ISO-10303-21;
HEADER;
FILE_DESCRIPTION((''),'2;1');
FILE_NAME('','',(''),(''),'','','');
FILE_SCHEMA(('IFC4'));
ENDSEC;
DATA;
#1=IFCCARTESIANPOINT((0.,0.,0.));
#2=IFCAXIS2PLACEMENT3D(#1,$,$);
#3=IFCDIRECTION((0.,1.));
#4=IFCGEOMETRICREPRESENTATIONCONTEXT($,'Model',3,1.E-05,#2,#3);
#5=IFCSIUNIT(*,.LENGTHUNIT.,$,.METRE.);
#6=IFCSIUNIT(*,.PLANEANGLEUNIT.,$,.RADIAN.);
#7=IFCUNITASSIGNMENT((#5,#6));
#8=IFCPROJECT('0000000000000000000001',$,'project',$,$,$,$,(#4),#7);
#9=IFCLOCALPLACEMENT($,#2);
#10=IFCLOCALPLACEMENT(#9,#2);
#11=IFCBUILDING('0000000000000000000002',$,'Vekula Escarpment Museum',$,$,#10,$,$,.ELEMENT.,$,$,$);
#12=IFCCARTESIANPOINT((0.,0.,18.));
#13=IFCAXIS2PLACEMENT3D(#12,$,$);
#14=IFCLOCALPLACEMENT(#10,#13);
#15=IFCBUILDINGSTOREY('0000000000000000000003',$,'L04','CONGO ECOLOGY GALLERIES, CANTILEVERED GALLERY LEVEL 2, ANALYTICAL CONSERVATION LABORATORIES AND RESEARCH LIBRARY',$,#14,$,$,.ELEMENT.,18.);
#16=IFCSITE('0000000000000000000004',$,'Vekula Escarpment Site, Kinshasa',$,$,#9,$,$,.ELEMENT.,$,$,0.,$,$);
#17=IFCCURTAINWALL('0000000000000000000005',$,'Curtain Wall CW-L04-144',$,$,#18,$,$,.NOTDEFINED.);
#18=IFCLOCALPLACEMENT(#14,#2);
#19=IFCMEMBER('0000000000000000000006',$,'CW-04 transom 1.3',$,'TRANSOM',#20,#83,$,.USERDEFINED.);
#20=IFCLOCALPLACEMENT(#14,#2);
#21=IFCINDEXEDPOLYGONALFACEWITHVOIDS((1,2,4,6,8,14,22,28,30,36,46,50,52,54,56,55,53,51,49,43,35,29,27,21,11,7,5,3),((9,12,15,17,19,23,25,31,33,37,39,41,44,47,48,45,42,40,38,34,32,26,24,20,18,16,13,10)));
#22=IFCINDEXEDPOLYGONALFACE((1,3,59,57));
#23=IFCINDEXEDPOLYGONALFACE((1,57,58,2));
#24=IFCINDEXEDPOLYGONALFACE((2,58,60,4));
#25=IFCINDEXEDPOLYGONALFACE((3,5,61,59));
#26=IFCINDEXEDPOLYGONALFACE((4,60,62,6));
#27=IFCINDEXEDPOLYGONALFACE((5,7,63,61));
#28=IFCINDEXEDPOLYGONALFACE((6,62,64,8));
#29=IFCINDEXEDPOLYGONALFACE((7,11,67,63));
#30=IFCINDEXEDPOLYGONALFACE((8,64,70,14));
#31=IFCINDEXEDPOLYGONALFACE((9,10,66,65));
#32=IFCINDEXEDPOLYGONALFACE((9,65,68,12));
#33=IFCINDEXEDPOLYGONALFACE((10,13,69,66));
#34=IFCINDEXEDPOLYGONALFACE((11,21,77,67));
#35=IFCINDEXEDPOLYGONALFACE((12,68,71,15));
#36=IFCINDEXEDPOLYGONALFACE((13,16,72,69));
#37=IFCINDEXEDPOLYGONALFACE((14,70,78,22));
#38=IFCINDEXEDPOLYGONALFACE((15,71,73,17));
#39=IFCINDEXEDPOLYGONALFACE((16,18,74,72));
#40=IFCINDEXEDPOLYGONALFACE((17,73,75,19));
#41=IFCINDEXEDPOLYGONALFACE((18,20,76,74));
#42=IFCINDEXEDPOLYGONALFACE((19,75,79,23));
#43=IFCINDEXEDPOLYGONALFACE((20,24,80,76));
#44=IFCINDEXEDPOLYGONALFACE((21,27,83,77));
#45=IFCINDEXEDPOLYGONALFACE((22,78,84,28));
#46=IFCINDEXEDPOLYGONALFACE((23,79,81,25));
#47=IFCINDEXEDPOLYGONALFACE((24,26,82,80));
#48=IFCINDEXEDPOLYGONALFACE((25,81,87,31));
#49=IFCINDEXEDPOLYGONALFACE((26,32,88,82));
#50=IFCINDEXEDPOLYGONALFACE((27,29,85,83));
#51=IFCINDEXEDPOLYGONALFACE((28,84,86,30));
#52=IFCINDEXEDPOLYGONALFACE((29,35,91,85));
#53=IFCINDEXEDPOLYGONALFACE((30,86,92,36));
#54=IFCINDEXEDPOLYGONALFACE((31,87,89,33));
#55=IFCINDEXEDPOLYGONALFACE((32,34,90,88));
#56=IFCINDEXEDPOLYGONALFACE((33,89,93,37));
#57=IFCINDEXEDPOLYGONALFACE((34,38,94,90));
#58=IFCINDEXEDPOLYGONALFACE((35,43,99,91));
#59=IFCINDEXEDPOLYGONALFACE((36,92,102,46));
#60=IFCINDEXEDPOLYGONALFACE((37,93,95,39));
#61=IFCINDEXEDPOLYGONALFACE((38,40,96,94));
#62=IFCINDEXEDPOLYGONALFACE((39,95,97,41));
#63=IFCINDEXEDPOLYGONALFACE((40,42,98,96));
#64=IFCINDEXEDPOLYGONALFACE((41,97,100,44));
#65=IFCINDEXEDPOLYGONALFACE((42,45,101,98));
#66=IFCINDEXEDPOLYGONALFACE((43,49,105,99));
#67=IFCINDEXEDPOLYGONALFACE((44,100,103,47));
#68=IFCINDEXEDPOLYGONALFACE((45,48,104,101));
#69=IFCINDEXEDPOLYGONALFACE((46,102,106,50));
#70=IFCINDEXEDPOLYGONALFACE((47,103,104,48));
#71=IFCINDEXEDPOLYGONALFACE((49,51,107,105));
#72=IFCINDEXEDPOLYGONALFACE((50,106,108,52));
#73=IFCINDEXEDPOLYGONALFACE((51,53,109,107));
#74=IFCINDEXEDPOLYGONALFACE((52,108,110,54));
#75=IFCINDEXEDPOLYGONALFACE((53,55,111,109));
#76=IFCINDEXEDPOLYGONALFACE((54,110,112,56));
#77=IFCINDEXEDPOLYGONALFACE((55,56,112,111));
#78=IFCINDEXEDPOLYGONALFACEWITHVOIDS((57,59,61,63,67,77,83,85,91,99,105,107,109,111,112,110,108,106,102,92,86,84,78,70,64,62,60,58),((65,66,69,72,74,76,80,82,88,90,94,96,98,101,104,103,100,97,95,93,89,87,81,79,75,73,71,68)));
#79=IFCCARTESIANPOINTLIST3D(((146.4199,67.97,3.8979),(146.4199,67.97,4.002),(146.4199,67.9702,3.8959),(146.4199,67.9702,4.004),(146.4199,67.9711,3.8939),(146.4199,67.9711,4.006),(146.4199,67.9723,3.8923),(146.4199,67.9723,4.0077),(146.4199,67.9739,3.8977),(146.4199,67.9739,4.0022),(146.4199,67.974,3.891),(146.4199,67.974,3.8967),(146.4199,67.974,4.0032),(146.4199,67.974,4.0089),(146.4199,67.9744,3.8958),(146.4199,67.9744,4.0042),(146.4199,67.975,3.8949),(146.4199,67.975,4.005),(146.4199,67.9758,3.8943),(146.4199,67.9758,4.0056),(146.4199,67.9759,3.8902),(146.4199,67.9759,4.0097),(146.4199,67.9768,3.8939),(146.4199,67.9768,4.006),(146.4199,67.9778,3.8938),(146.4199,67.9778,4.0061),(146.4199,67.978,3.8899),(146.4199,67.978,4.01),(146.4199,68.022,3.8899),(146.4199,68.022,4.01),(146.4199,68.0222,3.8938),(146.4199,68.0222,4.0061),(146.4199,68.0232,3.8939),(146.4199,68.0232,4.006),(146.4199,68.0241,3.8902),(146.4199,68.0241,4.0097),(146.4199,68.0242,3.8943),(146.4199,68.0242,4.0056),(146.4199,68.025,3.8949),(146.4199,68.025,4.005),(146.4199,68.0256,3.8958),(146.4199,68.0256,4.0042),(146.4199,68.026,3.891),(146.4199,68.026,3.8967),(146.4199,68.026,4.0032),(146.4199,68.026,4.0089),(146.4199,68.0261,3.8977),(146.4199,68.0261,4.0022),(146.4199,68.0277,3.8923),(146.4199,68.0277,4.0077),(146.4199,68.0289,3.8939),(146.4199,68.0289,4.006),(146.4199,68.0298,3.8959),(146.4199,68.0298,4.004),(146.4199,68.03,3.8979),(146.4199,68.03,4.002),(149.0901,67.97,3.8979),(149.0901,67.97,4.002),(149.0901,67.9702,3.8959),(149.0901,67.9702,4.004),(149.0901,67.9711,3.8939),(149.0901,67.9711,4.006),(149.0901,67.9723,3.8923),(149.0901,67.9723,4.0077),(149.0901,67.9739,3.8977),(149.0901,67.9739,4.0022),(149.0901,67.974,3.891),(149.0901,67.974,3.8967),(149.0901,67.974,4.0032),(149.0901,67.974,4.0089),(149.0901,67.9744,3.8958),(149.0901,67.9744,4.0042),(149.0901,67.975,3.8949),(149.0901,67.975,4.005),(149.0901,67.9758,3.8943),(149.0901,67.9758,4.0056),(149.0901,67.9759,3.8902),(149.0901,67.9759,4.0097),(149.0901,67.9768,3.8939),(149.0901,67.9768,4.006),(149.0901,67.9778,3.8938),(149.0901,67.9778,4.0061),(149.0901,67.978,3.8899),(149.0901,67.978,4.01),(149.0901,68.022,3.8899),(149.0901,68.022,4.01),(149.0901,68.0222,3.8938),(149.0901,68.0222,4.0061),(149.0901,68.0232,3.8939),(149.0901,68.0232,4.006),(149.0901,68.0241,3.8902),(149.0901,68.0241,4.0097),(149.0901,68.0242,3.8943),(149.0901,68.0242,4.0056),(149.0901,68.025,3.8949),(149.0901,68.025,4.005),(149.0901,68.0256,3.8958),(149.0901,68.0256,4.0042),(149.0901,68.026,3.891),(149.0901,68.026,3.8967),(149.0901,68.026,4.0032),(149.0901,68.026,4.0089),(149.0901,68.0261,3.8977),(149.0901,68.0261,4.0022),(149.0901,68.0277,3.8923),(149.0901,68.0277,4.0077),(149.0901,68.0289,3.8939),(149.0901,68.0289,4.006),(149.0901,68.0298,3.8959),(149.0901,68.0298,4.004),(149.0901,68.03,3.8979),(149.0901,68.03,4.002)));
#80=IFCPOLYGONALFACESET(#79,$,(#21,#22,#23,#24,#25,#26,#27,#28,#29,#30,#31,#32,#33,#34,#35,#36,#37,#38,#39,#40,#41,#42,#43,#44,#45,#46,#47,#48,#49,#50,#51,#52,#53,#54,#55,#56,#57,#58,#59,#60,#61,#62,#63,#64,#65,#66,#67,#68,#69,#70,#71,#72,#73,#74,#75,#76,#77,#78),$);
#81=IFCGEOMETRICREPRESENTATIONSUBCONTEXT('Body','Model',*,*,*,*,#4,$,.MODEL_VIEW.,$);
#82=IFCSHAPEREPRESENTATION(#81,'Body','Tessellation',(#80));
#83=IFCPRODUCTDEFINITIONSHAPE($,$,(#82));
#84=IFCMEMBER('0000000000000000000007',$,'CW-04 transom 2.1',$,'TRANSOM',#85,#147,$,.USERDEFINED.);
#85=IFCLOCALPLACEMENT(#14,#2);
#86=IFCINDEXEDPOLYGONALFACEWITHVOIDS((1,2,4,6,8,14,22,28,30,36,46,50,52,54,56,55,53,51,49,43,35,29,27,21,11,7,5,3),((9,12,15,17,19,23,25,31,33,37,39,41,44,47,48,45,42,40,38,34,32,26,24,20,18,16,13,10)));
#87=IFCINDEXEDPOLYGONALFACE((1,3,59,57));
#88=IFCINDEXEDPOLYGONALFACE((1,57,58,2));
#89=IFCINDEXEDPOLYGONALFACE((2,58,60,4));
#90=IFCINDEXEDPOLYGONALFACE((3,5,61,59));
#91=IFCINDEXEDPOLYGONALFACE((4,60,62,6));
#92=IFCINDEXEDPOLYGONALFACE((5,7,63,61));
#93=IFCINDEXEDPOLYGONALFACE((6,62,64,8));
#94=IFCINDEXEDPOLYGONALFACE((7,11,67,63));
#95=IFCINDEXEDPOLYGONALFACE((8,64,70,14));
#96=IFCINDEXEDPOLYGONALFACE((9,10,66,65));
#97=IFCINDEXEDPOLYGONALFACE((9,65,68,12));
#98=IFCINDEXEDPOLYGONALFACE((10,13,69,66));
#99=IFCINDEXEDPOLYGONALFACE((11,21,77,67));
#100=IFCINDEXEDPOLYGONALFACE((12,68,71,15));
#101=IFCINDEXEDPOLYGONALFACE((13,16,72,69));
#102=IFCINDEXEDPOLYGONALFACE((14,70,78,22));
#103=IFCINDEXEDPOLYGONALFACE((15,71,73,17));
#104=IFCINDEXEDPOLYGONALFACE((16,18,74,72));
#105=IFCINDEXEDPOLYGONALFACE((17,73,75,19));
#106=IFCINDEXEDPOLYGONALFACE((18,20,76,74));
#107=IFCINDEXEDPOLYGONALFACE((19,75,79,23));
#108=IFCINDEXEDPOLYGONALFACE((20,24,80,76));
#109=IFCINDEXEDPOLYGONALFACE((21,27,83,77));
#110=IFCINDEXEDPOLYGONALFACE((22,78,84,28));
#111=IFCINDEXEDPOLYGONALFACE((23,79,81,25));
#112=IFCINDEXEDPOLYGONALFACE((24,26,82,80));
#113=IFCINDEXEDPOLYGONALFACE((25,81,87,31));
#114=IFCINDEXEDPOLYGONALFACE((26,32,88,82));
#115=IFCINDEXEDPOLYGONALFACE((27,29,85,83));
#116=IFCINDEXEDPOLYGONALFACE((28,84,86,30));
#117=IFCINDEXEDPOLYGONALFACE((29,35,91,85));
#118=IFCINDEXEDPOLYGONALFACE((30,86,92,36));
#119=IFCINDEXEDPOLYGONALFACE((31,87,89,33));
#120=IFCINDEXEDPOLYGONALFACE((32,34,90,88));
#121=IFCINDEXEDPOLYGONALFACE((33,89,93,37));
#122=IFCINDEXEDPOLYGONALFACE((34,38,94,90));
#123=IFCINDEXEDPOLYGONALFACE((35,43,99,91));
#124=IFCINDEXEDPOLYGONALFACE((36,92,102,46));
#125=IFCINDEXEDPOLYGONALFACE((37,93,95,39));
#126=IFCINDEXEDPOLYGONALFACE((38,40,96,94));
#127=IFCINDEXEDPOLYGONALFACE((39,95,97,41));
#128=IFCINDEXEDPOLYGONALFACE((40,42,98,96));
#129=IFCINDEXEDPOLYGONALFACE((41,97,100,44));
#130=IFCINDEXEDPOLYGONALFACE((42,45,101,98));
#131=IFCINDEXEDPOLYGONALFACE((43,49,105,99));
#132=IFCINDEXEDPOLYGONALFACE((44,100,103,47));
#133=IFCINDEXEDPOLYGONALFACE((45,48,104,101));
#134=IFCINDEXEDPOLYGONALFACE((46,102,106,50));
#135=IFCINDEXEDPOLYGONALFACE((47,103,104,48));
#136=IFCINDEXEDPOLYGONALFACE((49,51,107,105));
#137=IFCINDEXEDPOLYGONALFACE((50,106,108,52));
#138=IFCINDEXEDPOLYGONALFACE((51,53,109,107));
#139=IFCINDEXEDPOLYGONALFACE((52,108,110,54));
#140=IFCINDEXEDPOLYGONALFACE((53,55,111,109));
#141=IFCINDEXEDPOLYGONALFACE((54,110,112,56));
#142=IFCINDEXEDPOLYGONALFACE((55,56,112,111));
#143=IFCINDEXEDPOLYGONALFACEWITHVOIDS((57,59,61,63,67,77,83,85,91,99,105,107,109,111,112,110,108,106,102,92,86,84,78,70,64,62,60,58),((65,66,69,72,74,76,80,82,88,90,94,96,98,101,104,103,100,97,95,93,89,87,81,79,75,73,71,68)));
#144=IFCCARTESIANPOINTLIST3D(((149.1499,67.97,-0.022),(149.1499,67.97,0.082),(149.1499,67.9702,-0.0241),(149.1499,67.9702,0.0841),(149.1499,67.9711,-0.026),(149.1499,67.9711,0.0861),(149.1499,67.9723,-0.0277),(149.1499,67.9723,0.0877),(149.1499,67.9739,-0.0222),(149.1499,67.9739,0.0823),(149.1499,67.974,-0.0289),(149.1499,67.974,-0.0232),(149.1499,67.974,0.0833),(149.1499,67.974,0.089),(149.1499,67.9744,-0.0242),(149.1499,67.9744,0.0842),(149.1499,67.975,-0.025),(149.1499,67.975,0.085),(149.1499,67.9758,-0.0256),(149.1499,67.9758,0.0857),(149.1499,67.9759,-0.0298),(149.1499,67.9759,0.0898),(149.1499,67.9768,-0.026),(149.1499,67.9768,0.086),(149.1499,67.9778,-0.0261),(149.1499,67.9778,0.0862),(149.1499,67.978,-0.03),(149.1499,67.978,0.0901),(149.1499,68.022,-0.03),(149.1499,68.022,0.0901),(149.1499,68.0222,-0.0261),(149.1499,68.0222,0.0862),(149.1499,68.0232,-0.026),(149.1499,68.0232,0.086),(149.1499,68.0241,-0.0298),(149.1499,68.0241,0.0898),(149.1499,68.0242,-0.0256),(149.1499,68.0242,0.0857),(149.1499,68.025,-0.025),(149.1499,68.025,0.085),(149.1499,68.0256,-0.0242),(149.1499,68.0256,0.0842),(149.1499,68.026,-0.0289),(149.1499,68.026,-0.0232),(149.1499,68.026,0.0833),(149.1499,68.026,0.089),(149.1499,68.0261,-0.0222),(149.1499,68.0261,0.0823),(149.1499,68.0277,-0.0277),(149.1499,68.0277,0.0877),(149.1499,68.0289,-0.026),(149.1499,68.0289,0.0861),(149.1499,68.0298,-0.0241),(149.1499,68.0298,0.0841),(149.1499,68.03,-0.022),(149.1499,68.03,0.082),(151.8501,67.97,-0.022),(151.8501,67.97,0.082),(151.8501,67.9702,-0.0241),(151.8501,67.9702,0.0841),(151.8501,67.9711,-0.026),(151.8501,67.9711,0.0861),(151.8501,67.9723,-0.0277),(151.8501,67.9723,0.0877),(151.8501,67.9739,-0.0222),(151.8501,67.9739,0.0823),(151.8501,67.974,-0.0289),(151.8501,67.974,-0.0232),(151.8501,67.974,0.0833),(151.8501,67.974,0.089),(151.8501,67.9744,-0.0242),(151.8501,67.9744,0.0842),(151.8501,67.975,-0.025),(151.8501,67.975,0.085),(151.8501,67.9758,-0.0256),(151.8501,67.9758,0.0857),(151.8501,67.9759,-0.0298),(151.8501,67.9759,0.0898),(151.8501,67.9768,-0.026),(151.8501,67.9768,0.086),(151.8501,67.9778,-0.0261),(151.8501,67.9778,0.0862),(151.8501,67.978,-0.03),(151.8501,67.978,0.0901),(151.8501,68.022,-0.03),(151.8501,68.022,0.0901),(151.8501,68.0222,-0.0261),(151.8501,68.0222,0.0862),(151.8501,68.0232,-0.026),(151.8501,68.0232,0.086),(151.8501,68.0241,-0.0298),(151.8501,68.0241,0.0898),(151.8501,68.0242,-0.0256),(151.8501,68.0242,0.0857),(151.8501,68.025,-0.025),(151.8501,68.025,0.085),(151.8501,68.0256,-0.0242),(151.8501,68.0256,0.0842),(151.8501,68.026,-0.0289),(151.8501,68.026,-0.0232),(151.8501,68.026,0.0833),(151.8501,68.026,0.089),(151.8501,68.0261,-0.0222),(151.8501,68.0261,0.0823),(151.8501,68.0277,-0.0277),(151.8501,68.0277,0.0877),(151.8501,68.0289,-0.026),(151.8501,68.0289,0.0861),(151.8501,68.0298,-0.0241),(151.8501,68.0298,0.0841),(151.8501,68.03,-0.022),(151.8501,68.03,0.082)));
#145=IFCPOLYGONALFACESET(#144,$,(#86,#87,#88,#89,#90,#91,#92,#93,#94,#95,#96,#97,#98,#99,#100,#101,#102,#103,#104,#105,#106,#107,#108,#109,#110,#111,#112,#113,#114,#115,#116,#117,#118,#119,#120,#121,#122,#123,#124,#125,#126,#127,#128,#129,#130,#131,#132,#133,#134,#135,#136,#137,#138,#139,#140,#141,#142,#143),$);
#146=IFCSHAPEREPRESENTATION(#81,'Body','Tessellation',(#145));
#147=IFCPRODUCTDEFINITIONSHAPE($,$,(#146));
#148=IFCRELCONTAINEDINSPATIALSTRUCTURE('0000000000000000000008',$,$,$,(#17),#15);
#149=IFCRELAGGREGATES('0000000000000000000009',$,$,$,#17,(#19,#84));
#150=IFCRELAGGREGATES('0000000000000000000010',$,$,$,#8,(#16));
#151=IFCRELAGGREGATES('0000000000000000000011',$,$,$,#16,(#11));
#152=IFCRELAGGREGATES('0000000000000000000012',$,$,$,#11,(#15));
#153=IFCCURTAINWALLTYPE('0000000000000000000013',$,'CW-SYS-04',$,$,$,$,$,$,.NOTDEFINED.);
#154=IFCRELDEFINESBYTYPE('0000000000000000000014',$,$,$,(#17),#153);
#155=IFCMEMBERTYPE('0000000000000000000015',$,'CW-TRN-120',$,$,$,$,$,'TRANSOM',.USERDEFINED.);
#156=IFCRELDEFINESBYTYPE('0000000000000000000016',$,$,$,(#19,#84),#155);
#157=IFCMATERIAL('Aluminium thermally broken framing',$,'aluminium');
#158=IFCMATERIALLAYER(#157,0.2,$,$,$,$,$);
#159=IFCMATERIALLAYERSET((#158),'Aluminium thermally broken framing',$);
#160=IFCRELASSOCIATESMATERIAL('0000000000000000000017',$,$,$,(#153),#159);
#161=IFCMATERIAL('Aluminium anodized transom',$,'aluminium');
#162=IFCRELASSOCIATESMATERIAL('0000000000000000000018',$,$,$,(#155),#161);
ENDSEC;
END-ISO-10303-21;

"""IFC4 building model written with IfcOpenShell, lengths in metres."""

from ifc_helpers import new_model, si_unit, direction, frame, origin, origin_2d, place, context, subcontext, project, spatial, hollow_rectangle, extrude, material, layer, layer_set, material_profile, profile_set, type_object, element, aggregate, save


model = new_model("IFC4")

# Units and contexts
model_context = context("Model", 3, precision=1e-05, world=origin(), true_north=direction((0.0, 1.0)))
body_context = subcontext(model_context, "Body", "Model", "MODEL_VIEW")
ifc_project = project(units=[si_unit("LENGTHUNIT", "METRE"), si_unit("PLANEANGLEUNIT", "RADIAN")], contexts=[model_context])

# Site, building, storey
site_placement = place(None, origin())
site = spatial("IfcSite", under=ifc_project, at=site_placement, Name="Vekula Escarpment Site, Kinshasa", CompositionType="ELEMENT", RefElevation=0.0)
building_placement = place(site_placement, origin())
building = spatial("IfcBuilding", under=site, at=building_placement, Name="Vekula Escarpment Museum", CompositionType="ELEMENT")
storey_placement = place(building_placement, frame((0.0, 0.0, 18.0)))
storey = spatial("IfcBuildingStorey", under=building, at=storey_placement, Name="L04", Description="CONGO ECOLOGY GALLERIES, CANTILEVERED GALLERY LEVEL 2, ANALYTICAL CONSERVATION LABORATORIES AND RESEARCH LIBRARY", CompositionType="ELEMENT", Elevation=18.0)

# Curtain wall
ifc_material_1 = material(Name="Aluminium thermally broken framing", Category="aluminium")
ifc_layer_1 = layer(ifc_material_1, 0.2)
ifc_layer_set_1 = layer_set([ifc_layer_1], Name="Aluminium thermally broken framing")
curtain_wall_type_1 = type_object("IfcCurtainWallType", Name="CW-SYS-04", PredefinedType="NOTDEFINED", material=ifc_layer_set_1)
curtain_wall_1_placement = place(storey_placement, origin())
curtain_wall_1 = element("IfcCurtainWall", 1, at=curtain_wall_1_placement, inside=storey, type_object=curtain_wall_type_1, Name="Curtain Wall CW-L04-144", PredefinedType="NOTDEFINED")

# Members
ifc_material_2 = material(Name="Aluminium anodized transom", Category="aluminium")
ifc_material_profile_1 = material_profile(ifc_material_2, hollow_rectangle(XDim=0.0601, YDim=0.1201, WallThickness=0.0039, InnerFilletRadius=0.0039, OuterFilletRadius=0.0081, at=origin_2d()), Name="ALU 120x60x4")
ifc_profile_set_1 = profile_set([ifc_material_profile_1], Name="Aluminium anodized transom")
member_type_1 = type_object("IfcMemberType", Name="CW-TRN-120", ElementType="TRANSOM", PredefinedType="USERDEFINED", material=ifc_profile_set_1)
member_1_placement = place(storey_placement, frame((146.4199, 68.0, 3.95), z_axis=(1.0, 0.0, 0.0), x_axis=(0.0, 1.0, 0.0)))
member_1 = element("IfcMember", 2, at=member_1_placement, type_object=member_type_1, Name="CW-04 transom 1.3", ObjectType="TRANSOM", PredefinedType="USERDEFINED", context=body_context, shape_type="SweptSolid", body=[
    extrude(hollow_rectangle(XDim=0.0601, YDim=0.1201, WallThickness=0.0039, InnerFilletRadius=0.0039, OuterFilletRadius=0.0081, at=origin_2d()), origin(), (0.0, 0.0, 1.0), 2.6702),
])
member_2_placement = place(storey_placement, frame((149.1499, 68.0, 0.03), z_axis=(1.0, 0.0, 0.0), x_axis=(0.0, 1.0, 0.0)))
member_2 = element("IfcMember", 3, at=member_2_placement, type_object=member_type_1, Name="CW-04 transom 2.1", ObjectType="TRANSOM", PredefinedType="USERDEFINED", context=body_context, shape_type="SweptSolid", body=[
    extrude(hollow_rectangle(XDim=0.0601, YDim=0.1201, WallThickness=0.0039, InnerFilletRadius=0.0039, OuterFilletRadius=0.0081, at=origin_2d()), origin(), (0.0, 0.0, 1.0), 2.7002),
])

aggregate(curtain_wall_1, [member_1, member_2])

save(model, "model.ifc")
